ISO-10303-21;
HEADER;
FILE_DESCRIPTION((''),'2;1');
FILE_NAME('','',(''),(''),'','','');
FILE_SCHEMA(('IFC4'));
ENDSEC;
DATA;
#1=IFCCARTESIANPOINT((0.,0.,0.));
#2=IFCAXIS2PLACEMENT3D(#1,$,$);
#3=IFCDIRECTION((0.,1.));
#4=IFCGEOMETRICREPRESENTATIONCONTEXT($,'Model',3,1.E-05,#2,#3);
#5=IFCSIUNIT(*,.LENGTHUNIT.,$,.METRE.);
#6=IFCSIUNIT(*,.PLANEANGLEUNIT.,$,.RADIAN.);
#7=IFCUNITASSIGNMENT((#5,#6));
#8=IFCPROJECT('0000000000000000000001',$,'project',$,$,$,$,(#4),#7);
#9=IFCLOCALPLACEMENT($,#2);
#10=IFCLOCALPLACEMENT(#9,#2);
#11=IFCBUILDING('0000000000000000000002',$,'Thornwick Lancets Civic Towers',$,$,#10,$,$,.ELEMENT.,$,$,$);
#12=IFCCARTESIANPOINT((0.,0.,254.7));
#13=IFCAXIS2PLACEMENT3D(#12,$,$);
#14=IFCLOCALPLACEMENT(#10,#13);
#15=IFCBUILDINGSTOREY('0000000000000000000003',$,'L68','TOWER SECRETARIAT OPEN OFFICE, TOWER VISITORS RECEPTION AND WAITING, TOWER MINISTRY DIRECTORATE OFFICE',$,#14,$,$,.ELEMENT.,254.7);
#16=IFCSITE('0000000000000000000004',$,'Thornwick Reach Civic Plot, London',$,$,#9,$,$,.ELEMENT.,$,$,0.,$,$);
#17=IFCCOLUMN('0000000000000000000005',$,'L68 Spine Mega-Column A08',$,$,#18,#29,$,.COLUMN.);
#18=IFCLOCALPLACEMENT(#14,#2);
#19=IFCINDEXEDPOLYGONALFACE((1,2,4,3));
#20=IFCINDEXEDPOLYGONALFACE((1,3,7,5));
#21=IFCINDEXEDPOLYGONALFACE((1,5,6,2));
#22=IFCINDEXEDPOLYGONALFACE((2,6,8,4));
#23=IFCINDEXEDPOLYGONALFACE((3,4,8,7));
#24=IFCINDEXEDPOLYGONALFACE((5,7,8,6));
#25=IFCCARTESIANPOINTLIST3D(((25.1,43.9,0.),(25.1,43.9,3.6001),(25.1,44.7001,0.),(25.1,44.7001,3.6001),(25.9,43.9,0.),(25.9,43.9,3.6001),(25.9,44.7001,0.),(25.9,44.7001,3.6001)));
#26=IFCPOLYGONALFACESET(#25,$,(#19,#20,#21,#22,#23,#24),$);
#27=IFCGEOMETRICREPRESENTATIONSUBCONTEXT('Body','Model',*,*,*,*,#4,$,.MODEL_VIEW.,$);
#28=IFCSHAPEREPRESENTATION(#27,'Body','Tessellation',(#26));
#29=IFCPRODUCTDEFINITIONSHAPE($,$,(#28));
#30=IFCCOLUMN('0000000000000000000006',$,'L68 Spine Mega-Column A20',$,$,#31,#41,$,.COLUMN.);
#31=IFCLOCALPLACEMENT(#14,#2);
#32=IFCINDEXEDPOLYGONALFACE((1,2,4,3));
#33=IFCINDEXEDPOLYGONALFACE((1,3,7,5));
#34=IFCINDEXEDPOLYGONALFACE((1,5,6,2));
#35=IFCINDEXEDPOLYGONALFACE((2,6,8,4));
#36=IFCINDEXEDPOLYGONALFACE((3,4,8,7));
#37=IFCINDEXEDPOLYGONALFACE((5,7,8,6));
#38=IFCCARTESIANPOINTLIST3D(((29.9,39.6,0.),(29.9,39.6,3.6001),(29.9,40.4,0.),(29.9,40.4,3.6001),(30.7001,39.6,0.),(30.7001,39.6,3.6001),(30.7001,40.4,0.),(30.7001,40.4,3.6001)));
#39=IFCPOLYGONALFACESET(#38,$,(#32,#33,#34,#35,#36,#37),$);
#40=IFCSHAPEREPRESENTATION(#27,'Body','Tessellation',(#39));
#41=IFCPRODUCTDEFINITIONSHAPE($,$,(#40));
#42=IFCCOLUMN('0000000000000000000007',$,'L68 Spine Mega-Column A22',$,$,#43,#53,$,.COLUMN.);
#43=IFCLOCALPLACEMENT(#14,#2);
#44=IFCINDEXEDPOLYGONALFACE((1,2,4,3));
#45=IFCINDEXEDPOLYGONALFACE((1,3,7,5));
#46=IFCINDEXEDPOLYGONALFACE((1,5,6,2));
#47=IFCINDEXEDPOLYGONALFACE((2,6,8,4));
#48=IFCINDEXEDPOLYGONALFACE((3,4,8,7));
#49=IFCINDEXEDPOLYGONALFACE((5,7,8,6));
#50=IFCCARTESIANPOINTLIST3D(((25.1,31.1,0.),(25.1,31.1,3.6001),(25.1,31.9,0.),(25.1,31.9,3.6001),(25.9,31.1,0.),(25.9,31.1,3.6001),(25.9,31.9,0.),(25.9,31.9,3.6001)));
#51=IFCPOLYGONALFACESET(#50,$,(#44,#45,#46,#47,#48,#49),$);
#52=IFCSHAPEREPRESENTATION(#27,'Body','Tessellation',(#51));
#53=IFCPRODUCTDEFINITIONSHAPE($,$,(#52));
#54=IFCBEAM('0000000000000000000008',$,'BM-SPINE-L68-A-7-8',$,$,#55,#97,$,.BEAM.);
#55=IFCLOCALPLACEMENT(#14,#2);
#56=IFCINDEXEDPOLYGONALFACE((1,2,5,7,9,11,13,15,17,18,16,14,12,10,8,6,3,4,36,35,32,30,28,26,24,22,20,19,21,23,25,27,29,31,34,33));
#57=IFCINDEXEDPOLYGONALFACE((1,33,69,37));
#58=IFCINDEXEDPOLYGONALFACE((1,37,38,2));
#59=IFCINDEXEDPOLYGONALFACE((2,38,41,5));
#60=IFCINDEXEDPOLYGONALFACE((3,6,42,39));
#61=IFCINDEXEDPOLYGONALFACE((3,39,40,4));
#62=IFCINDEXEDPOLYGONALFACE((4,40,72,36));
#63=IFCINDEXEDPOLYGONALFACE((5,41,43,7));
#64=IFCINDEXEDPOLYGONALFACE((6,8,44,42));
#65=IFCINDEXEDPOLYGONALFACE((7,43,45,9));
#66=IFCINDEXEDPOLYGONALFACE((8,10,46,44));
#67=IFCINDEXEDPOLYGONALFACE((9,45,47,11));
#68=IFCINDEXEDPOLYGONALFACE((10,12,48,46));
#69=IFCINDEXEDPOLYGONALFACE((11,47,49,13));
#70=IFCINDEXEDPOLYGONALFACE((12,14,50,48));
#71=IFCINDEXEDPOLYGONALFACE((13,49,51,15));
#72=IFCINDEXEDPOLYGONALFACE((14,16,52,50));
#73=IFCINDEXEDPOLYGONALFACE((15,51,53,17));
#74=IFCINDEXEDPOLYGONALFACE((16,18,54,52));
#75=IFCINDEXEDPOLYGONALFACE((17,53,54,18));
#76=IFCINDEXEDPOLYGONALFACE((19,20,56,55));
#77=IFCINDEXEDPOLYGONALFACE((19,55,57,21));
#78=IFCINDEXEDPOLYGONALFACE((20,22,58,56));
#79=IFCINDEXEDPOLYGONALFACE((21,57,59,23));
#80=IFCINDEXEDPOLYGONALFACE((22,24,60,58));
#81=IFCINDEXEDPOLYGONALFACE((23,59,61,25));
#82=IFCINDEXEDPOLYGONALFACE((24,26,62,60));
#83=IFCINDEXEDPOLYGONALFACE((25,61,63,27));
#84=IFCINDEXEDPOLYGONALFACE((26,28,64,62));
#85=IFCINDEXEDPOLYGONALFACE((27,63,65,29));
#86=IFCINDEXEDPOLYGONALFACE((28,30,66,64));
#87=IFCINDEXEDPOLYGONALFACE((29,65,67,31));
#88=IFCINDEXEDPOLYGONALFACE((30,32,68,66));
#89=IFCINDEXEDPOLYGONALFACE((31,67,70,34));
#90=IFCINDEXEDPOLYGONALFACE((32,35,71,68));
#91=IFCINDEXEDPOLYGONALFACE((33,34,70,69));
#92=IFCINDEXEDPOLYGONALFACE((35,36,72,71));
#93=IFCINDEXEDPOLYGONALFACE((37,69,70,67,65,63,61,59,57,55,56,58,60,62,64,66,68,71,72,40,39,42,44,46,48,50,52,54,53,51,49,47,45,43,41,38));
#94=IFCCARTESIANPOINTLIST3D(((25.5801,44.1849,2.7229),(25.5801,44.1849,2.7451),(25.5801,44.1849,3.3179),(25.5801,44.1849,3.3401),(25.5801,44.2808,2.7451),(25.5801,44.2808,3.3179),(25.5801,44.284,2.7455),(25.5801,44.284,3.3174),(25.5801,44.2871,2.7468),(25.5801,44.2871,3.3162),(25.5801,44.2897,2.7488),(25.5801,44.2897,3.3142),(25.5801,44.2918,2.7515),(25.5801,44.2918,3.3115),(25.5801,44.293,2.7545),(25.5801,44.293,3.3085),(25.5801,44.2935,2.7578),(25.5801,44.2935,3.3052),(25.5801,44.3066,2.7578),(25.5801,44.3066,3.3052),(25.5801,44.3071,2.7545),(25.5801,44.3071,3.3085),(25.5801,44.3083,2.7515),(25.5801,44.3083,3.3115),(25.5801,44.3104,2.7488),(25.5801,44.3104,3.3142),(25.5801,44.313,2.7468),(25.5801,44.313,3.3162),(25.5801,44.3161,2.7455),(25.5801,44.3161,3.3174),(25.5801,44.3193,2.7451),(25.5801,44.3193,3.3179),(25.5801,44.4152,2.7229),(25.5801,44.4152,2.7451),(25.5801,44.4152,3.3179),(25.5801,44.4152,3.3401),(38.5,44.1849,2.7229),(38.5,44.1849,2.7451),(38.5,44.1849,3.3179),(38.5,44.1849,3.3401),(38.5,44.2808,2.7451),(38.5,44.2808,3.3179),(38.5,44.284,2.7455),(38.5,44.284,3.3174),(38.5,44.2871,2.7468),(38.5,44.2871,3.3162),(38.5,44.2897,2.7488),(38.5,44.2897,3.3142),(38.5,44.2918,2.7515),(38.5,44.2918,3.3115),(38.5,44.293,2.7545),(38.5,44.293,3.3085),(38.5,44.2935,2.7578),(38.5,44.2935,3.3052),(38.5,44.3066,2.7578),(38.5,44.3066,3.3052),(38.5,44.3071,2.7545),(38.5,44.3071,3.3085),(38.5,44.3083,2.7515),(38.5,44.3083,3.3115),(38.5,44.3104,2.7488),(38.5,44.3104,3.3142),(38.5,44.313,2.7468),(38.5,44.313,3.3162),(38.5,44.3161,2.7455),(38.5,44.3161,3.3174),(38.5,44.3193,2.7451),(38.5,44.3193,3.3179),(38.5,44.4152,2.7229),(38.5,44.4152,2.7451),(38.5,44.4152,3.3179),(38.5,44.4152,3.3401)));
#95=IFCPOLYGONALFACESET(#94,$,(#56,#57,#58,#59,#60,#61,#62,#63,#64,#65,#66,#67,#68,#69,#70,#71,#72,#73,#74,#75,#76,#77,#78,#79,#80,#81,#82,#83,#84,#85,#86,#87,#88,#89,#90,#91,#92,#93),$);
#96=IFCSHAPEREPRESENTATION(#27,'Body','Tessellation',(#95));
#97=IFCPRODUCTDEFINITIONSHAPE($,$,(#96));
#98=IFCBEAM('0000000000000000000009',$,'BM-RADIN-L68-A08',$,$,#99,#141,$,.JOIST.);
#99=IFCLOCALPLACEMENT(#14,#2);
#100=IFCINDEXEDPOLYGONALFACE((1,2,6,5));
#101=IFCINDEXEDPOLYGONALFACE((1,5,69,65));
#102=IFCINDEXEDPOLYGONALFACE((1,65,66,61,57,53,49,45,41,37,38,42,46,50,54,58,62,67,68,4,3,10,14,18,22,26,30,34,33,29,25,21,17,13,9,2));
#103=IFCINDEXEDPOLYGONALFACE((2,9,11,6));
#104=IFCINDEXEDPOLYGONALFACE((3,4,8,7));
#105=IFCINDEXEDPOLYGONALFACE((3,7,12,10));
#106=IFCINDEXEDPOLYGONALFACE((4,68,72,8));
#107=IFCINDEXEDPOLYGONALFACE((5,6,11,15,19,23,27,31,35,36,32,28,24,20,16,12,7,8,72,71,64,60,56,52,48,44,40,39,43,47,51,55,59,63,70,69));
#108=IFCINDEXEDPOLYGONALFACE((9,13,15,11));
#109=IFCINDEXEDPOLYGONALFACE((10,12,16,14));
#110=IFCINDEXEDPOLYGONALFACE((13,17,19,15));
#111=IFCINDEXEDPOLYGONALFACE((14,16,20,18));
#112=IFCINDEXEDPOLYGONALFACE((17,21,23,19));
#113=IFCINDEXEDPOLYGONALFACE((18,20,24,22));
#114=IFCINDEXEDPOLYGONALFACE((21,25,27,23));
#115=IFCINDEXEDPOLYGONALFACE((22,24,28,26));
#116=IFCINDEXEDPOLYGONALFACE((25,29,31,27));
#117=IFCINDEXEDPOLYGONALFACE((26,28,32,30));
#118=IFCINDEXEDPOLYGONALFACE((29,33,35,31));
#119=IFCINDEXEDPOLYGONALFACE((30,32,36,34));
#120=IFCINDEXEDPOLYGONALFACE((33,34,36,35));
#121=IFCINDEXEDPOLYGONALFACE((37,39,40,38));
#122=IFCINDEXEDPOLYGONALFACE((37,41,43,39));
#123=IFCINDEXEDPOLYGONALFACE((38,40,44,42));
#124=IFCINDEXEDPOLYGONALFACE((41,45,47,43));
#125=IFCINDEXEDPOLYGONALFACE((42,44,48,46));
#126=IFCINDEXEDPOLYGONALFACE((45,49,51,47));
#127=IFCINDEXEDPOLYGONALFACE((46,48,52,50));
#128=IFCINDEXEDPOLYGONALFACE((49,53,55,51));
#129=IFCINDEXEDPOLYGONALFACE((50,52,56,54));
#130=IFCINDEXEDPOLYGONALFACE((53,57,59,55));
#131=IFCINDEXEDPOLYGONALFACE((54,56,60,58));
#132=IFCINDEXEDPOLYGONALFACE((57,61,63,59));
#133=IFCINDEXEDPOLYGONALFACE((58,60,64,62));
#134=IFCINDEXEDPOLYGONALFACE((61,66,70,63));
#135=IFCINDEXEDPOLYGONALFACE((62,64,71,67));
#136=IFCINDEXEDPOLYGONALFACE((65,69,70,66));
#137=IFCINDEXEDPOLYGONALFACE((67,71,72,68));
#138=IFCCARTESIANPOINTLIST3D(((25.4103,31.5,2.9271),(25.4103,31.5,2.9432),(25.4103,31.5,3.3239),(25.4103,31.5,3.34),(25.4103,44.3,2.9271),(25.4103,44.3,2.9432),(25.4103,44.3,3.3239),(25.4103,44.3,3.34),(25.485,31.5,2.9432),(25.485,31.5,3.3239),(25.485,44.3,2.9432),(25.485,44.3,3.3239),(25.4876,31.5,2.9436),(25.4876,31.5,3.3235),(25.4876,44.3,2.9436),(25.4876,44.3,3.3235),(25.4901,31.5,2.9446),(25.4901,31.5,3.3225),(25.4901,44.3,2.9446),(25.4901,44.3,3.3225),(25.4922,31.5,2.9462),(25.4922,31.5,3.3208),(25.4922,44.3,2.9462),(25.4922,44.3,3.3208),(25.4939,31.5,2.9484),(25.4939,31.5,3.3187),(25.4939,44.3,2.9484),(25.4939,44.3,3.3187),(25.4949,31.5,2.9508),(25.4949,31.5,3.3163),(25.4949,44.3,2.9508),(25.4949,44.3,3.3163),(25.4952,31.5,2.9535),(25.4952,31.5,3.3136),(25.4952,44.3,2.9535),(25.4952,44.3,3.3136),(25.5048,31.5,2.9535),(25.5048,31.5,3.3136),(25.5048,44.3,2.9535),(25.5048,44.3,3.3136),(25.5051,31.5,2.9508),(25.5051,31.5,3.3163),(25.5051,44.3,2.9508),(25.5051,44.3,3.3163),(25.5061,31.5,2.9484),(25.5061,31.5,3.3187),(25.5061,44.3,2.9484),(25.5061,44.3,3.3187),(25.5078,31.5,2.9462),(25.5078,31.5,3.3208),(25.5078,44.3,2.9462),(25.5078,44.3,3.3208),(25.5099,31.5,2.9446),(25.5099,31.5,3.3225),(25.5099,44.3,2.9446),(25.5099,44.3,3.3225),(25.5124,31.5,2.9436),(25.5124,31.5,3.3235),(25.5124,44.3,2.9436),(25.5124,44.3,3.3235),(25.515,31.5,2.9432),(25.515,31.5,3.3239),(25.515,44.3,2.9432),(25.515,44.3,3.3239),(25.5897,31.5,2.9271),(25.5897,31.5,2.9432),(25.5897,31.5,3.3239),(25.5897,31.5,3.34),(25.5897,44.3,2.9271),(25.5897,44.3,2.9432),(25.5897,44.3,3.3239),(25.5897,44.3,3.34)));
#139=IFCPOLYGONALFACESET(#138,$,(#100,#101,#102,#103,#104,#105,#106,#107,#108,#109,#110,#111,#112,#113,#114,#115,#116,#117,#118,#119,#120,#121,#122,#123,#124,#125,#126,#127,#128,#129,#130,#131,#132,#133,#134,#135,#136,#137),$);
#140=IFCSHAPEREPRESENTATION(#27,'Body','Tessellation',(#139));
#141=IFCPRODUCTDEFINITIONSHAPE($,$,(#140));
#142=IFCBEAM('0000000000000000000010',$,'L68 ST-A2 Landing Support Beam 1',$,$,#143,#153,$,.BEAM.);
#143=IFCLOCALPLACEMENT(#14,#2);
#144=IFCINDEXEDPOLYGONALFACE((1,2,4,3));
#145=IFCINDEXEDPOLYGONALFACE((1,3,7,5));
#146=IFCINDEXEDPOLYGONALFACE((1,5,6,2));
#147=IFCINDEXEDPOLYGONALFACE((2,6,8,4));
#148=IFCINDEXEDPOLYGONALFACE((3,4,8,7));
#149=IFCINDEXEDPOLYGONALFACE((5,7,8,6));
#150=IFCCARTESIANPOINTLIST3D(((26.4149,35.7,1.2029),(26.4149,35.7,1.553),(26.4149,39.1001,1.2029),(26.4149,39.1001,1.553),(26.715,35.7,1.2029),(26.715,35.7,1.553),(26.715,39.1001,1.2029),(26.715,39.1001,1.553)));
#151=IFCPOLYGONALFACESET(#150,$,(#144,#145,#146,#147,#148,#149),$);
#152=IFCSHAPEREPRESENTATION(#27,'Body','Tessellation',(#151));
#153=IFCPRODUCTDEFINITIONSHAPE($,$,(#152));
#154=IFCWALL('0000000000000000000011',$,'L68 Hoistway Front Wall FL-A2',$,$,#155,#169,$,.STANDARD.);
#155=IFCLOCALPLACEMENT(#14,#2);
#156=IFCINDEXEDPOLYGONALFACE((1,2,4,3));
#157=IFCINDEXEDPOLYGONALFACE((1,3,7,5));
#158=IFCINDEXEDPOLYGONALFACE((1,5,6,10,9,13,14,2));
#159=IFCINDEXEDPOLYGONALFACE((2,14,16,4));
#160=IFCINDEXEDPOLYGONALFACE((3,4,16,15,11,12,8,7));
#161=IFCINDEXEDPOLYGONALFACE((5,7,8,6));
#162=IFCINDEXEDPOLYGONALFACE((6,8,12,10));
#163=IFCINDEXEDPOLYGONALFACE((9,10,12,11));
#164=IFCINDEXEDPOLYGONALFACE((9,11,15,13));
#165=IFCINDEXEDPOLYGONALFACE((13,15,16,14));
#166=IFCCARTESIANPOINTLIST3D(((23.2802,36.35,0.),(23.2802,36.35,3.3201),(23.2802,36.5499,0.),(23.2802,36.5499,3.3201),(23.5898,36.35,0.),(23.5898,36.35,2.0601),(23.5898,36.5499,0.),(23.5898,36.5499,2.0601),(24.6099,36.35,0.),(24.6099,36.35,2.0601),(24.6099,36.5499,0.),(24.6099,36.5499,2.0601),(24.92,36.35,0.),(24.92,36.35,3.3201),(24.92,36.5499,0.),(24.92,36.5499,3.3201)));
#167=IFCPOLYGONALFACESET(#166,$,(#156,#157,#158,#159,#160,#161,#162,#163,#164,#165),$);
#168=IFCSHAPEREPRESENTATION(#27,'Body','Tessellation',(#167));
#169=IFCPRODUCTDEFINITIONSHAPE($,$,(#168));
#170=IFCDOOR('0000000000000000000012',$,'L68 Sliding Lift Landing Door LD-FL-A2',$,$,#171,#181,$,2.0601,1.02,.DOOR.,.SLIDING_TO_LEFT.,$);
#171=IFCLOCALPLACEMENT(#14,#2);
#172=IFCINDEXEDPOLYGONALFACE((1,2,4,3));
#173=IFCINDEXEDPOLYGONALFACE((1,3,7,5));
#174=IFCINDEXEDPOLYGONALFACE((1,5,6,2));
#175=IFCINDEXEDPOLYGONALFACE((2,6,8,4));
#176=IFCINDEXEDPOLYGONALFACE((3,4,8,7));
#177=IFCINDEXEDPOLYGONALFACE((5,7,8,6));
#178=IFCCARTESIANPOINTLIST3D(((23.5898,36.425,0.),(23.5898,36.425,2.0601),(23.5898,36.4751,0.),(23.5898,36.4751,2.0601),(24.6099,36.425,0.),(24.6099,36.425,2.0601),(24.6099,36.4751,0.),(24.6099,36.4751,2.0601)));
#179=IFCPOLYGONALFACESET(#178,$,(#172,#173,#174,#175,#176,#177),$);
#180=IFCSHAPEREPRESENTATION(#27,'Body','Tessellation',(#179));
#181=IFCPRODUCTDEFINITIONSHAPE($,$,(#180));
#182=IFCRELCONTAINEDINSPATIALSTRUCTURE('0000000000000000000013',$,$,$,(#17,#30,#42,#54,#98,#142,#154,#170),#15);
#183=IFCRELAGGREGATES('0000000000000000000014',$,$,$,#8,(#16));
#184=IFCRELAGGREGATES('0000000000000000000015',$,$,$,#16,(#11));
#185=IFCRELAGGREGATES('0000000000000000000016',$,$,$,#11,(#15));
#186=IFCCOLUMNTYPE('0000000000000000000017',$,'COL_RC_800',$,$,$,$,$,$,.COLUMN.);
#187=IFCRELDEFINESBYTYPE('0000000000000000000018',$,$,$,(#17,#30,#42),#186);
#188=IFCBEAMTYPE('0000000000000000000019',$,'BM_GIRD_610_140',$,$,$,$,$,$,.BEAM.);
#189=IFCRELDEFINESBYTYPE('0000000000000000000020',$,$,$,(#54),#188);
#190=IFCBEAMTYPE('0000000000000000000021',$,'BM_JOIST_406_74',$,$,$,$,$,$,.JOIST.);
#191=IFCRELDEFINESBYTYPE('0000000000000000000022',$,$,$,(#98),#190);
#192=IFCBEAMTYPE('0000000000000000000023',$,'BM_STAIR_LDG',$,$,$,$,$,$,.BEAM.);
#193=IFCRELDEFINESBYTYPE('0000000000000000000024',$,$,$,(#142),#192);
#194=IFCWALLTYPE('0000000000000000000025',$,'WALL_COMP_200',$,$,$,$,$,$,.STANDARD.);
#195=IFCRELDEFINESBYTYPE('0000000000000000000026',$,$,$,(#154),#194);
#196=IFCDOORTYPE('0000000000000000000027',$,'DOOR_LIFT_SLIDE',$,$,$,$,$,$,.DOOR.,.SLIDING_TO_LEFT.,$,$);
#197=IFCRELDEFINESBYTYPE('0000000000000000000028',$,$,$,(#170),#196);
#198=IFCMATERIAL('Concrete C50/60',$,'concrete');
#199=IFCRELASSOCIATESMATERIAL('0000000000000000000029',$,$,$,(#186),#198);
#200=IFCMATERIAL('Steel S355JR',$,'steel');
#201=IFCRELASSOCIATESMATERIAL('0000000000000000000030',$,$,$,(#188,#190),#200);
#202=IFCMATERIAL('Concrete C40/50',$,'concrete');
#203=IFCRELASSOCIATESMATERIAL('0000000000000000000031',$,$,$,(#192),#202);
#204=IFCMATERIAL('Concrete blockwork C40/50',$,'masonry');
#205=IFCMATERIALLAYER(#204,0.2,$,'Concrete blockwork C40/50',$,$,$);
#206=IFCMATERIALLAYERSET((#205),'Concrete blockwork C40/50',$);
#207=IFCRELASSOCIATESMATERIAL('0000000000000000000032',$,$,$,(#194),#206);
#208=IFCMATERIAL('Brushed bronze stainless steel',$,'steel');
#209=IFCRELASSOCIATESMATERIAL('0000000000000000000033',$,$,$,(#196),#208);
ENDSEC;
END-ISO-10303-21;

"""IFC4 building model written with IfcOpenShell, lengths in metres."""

from ifc_helpers import new_model, si_unit, direction, frame, frame_2d, origin, origin_2d, place, context, subcontext, project, spatial, rectangle, i_section, extrude, material, layer, layer_set, material_profile, profile_set, type_object, element, fill, save


model = new_model("IFC4")

# Units and contexts
model_context = context("Model", 3, precision=1e-05, world=origin(), true_north=direction((0.0, 1.0)))
body_context = subcontext(model_context, "Body", "Model", "MODEL_VIEW")
ifc_project = project(units=[si_unit("LENGTHUNIT", "METRE"), si_unit("PLANEANGLEUNIT", "RADIAN")], contexts=[model_context])

# Site, building, storey
site_placement = place(None, origin())
site = spatial("IfcSite", under=ifc_project, at=site_placement, Name="Thornwick Reach Civic Plot, London", CompositionType="ELEMENT", RefElevation=0.0)
building_placement = place(site_placement, origin())
building = spatial("IfcBuilding", under=site, at=building_placement, Name="Thornwick Lancets Civic Towers", CompositionType="ELEMENT")
storey_placement = place(building_placement, frame((0.0, 0.0, 254.7)))
storey = spatial("IfcBuildingStorey", under=building, at=storey_placement, Name="L68", Description="TOWER SECRETARIAT OPEN OFFICE, TOWER VISITORS RECEPTION AND WAITING, TOWER MINISTRY DIRECTORATE OFFICE", CompositionType="ELEMENT", Elevation=254.7)

# Columns
ifc_material_1 = material(Name="Concrete C50/60", Category="concrete")
ifc_material_profile_1 = material_profile(ifc_material_1, rectangle(XDim=0.8, YDim=0.8, at=origin_2d()), Name="RC 800x800")
ifc_profile_set_1 = profile_set([ifc_material_profile_1], Name="Concrete C50/60")
column_type = type_object("IfcColumnType", Name="COL_RC_800", PredefinedType="COLUMN", material=ifc_profile_set_1)
for number, where, z_axis, x_axis, name in (
    (1, (25.5, 44.3, 0.0), (0.0, 0.0, 1.0), (1.0, 0.0, 0.0), "L68 Spine Mega-Column A08"),
    (2, (30.3, 40.0, 0.0), (0.0, 0.0, 1.0), (1.0, 0.0, 0.0), "L68 Spine Mega-Column A20"),
    (3, (25.5, 31.5, 0.0), (0.0, 0.0, 1.0), (1.0, 0.0, 0.0), "L68 Spine Mega-Column A22"),
):
    element("IfcColumn", number, at=place(storey_placement, frame(where, z_axis=z_axis, x_axis=x_axis)), inside=storey, type_object=column_type, Name=name, PredefinedType="COLUMN", context=body_context, shape_type="SweptSolid", body=[
        extrude(rectangle(XDim=0.8, YDim=0.8, at=origin_2d()), origin(), (0.0, 0.0, 1.0), 3.6001),
    ])

# Beams
ifc_material_2 = material(Name="Steel S355JR", Category="steel")
ifc_material_profile_2 = material_profile(ifc_material_2, i_section(OverallWidth=0.2302, OverallDepth=0.6172, WebThickness=0.0132, FlangeThickness=0.0222, FilletRadius=0.0127, at=origin_2d()), Name="UKB 610x229x140")
ifc_profile_set_2 = profile_set([ifc_material_profile_2], Name="Steel S355JR")
beam_type_1 = type_object("IfcBeamType", Name="BM_GIRD_610_140", PredefinedType="BEAM", material=ifc_profile_set_2)
beam_1_placement = place(storey_placement, frame((25.5801, 44.3, 3.0315), z_axis=(1.0, 0.0, 0.0), x_axis=(0.0, 1.0, 0.0)))
element("IfcBeam", 4, at=beam_1_placement, inside=storey, type_object=beam_type_1, Name="BM-SPINE-L68-A-7-8", PredefinedType="BEAM", context=body_context, shape_type="SweptSolid", body=[
    extrude(i_section(OverallWidth=0.2302, OverallDepth=0.6172, WebThickness=0.0132, FlangeThickness=0.0222, FilletRadius=0.0127, at=origin_2d()), origin(), (0.0, 0.0, 1.0), 12.9199),
])
ifc_material_profile_3 = material_profile(ifc_material_2, i_section(OverallWidth=0.1794, OverallDepth=0.4128, WebThickness=0.0095, FlangeThickness=0.0161, FilletRadius=0.0103, at=origin_2d()), Name="UKB 406x178x74")
ifc_profile_set_3 = profile_set([ifc_material_profile_3], Name="Steel S355JR")
beam_type_2 = type_object("IfcBeamType", Name="BM_JOIST_406_74", PredefinedType="JOIST", material=ifc_profile_set_3)
beam_2_placement = place(storey_placement, frame((25.5, 31.5, 3.1335), z_axis=(0.0, 1.0, 0.0), x_axis=(-1.0, 0.0, 0.0)))
element("IfcBeam", 5, at=beam_2_placement, inside=storey, type_object=beam_type_2, Name="BM-RADIN-L68-A08", PredefinedType="JOIST", context=body_context, shape_type="SweptSolid", body=[
    extrude(i_section(OverallWidth=0.1794, OverallDepth=0.4128, WebThickness=0.0095, FlangeThickness=0.0161, FilletRadius=0.0103, at=origin_2d()), origin(), (0.0, 0.0, 1.0), 12.8),
])
ifc_material_3 = material(Name="Concrete C40/50", Category="concrete")
ifc_material_profile_4 = material_profile(ifc_material_3, rectangle(XDim=0.3, YDim=0.3501, at=origin_2d()), Name="RC 300x350")
ifc_profile_set_4 = profile_set([ifc_material_profile_4], Name="Concrete C40/50")
beam_type_3 = type_object("IfcBeamType", Name="BM_STAIR_LDG", PredefinedType="BEAM", material=ifc_profile_set_4)
beam_3_placement = place(storey_placement, frame((26.5649, 39.1001, 1.3779), z_axis=(0.0, -1.0, 0.0), x_axis=(1.0, 0.0, 0.0)))
element("IfcBeam", 6, at=beam_3_placement, inside=storey, type_object=beam_type_3, Name="L68 ST-A2 Landing Support Beam 1", PredefinedType="BEAM", context=body_context, shape_type="SweptSolid", body=[
    extrude(rectangle(XDim=0.3, YDim=0.3501, at=origin_2d()), origin(), (0.0, 0.0, 1.0), 3.4001),
])

# Wall, opening, door
ifc_material_4 = material(Name="Concrete blockwork C40/50", Category="masonry")
ifc_layer_1 = layer(ifc_material_4, 0.2, Name="Concrete blockwork C40/50")
ifc_layer_set_1 = layer_set([ifc_layer_1], Name="Concrete blockwork C40/50")
wall_type_1 = type_object("IfcWallType", Name="WALL_COMP_200", PredefinedType="STANDARD", material=ifc_layer_set_1)
wall_1_placement = place(storey_placement, frame((24.9199, 36.45, 0.0), z_axis=(0.0, 0.0, 1.0), x_axis=(-1.0, 0.0, 0.0)))
wall_1 = element("IfcWall", 7, at=wall_1_placement, inside=storey, type_object=wall_type_1, Name="L68 Hoistway Front Wall FL-A2", PredefinedType="STANDARD", context=body_context, shape_type="SweptSolid", body=[
    extrude(rectangle(XDim=1.6399, YDim=0.2, at=frame_2d((0.8198, 0.0))), origin(), (0.0, 0.0, 1.0), 3.3201),
])
opening_1_placement = place(wall_1_placement, frame((0.3101, 0.0, 0.0)))
opening_1 = element("IfcOpeningElement", 8, at=opening_1_placement, cuts=wall_1, PredefinedType="OPENING", context=body_context, shape_type="SweptSolid", body=[
    extrude(rectangle(XDim=1.02, YDim=2.0601, at=frame_2d((0.51, 1.03))), frame((0.0, 0.1099, 0.0), z_axis=(0.0, -1.0, 0.0), x_axis=(1.0, 0.0, 0.0)), (0.0, 0.0, 1.0), 0.22),
])
ifc_material_5 = material(Name="Brushed bronze stainless steel", Category="steel")
door_type_1 = type_object("IfcDoorType", Name="DOOR_LIFT_SLIDE", OperationType="SLIDING_TO_LEFT", PredefinedType="DOOR", material=ifc_material_5)
door_1_placement = place(opening_1_placement, origin())
door_1 = element("IfcDoor", 9, at=door_1_placement, inside=storey, type_object=door_type_1, Name="L68 Sliding Lift Landing Door LD-FL-A2", OperationType="SLIDING_TO_LEFT", OverallHeight=2.0601, OverallWidth=1.02, PredefinedType="DOOR", context=body_context, shape_type="SweptSolid", body=[
    extrude(rectangle(XDim=1.02, YDim=2.0601, at=frame_2d((0.51, 1.03))), frame((0.0, 0.0249, 0.0), z_axis=(0.0, -1.0, 0.0), x_axis=(1.0, 0.0, 0.0)), (0.0, 0.0, 1.0), 0.05),
])
fill(opening_1, door_1)

save(model, "model.ifc")
